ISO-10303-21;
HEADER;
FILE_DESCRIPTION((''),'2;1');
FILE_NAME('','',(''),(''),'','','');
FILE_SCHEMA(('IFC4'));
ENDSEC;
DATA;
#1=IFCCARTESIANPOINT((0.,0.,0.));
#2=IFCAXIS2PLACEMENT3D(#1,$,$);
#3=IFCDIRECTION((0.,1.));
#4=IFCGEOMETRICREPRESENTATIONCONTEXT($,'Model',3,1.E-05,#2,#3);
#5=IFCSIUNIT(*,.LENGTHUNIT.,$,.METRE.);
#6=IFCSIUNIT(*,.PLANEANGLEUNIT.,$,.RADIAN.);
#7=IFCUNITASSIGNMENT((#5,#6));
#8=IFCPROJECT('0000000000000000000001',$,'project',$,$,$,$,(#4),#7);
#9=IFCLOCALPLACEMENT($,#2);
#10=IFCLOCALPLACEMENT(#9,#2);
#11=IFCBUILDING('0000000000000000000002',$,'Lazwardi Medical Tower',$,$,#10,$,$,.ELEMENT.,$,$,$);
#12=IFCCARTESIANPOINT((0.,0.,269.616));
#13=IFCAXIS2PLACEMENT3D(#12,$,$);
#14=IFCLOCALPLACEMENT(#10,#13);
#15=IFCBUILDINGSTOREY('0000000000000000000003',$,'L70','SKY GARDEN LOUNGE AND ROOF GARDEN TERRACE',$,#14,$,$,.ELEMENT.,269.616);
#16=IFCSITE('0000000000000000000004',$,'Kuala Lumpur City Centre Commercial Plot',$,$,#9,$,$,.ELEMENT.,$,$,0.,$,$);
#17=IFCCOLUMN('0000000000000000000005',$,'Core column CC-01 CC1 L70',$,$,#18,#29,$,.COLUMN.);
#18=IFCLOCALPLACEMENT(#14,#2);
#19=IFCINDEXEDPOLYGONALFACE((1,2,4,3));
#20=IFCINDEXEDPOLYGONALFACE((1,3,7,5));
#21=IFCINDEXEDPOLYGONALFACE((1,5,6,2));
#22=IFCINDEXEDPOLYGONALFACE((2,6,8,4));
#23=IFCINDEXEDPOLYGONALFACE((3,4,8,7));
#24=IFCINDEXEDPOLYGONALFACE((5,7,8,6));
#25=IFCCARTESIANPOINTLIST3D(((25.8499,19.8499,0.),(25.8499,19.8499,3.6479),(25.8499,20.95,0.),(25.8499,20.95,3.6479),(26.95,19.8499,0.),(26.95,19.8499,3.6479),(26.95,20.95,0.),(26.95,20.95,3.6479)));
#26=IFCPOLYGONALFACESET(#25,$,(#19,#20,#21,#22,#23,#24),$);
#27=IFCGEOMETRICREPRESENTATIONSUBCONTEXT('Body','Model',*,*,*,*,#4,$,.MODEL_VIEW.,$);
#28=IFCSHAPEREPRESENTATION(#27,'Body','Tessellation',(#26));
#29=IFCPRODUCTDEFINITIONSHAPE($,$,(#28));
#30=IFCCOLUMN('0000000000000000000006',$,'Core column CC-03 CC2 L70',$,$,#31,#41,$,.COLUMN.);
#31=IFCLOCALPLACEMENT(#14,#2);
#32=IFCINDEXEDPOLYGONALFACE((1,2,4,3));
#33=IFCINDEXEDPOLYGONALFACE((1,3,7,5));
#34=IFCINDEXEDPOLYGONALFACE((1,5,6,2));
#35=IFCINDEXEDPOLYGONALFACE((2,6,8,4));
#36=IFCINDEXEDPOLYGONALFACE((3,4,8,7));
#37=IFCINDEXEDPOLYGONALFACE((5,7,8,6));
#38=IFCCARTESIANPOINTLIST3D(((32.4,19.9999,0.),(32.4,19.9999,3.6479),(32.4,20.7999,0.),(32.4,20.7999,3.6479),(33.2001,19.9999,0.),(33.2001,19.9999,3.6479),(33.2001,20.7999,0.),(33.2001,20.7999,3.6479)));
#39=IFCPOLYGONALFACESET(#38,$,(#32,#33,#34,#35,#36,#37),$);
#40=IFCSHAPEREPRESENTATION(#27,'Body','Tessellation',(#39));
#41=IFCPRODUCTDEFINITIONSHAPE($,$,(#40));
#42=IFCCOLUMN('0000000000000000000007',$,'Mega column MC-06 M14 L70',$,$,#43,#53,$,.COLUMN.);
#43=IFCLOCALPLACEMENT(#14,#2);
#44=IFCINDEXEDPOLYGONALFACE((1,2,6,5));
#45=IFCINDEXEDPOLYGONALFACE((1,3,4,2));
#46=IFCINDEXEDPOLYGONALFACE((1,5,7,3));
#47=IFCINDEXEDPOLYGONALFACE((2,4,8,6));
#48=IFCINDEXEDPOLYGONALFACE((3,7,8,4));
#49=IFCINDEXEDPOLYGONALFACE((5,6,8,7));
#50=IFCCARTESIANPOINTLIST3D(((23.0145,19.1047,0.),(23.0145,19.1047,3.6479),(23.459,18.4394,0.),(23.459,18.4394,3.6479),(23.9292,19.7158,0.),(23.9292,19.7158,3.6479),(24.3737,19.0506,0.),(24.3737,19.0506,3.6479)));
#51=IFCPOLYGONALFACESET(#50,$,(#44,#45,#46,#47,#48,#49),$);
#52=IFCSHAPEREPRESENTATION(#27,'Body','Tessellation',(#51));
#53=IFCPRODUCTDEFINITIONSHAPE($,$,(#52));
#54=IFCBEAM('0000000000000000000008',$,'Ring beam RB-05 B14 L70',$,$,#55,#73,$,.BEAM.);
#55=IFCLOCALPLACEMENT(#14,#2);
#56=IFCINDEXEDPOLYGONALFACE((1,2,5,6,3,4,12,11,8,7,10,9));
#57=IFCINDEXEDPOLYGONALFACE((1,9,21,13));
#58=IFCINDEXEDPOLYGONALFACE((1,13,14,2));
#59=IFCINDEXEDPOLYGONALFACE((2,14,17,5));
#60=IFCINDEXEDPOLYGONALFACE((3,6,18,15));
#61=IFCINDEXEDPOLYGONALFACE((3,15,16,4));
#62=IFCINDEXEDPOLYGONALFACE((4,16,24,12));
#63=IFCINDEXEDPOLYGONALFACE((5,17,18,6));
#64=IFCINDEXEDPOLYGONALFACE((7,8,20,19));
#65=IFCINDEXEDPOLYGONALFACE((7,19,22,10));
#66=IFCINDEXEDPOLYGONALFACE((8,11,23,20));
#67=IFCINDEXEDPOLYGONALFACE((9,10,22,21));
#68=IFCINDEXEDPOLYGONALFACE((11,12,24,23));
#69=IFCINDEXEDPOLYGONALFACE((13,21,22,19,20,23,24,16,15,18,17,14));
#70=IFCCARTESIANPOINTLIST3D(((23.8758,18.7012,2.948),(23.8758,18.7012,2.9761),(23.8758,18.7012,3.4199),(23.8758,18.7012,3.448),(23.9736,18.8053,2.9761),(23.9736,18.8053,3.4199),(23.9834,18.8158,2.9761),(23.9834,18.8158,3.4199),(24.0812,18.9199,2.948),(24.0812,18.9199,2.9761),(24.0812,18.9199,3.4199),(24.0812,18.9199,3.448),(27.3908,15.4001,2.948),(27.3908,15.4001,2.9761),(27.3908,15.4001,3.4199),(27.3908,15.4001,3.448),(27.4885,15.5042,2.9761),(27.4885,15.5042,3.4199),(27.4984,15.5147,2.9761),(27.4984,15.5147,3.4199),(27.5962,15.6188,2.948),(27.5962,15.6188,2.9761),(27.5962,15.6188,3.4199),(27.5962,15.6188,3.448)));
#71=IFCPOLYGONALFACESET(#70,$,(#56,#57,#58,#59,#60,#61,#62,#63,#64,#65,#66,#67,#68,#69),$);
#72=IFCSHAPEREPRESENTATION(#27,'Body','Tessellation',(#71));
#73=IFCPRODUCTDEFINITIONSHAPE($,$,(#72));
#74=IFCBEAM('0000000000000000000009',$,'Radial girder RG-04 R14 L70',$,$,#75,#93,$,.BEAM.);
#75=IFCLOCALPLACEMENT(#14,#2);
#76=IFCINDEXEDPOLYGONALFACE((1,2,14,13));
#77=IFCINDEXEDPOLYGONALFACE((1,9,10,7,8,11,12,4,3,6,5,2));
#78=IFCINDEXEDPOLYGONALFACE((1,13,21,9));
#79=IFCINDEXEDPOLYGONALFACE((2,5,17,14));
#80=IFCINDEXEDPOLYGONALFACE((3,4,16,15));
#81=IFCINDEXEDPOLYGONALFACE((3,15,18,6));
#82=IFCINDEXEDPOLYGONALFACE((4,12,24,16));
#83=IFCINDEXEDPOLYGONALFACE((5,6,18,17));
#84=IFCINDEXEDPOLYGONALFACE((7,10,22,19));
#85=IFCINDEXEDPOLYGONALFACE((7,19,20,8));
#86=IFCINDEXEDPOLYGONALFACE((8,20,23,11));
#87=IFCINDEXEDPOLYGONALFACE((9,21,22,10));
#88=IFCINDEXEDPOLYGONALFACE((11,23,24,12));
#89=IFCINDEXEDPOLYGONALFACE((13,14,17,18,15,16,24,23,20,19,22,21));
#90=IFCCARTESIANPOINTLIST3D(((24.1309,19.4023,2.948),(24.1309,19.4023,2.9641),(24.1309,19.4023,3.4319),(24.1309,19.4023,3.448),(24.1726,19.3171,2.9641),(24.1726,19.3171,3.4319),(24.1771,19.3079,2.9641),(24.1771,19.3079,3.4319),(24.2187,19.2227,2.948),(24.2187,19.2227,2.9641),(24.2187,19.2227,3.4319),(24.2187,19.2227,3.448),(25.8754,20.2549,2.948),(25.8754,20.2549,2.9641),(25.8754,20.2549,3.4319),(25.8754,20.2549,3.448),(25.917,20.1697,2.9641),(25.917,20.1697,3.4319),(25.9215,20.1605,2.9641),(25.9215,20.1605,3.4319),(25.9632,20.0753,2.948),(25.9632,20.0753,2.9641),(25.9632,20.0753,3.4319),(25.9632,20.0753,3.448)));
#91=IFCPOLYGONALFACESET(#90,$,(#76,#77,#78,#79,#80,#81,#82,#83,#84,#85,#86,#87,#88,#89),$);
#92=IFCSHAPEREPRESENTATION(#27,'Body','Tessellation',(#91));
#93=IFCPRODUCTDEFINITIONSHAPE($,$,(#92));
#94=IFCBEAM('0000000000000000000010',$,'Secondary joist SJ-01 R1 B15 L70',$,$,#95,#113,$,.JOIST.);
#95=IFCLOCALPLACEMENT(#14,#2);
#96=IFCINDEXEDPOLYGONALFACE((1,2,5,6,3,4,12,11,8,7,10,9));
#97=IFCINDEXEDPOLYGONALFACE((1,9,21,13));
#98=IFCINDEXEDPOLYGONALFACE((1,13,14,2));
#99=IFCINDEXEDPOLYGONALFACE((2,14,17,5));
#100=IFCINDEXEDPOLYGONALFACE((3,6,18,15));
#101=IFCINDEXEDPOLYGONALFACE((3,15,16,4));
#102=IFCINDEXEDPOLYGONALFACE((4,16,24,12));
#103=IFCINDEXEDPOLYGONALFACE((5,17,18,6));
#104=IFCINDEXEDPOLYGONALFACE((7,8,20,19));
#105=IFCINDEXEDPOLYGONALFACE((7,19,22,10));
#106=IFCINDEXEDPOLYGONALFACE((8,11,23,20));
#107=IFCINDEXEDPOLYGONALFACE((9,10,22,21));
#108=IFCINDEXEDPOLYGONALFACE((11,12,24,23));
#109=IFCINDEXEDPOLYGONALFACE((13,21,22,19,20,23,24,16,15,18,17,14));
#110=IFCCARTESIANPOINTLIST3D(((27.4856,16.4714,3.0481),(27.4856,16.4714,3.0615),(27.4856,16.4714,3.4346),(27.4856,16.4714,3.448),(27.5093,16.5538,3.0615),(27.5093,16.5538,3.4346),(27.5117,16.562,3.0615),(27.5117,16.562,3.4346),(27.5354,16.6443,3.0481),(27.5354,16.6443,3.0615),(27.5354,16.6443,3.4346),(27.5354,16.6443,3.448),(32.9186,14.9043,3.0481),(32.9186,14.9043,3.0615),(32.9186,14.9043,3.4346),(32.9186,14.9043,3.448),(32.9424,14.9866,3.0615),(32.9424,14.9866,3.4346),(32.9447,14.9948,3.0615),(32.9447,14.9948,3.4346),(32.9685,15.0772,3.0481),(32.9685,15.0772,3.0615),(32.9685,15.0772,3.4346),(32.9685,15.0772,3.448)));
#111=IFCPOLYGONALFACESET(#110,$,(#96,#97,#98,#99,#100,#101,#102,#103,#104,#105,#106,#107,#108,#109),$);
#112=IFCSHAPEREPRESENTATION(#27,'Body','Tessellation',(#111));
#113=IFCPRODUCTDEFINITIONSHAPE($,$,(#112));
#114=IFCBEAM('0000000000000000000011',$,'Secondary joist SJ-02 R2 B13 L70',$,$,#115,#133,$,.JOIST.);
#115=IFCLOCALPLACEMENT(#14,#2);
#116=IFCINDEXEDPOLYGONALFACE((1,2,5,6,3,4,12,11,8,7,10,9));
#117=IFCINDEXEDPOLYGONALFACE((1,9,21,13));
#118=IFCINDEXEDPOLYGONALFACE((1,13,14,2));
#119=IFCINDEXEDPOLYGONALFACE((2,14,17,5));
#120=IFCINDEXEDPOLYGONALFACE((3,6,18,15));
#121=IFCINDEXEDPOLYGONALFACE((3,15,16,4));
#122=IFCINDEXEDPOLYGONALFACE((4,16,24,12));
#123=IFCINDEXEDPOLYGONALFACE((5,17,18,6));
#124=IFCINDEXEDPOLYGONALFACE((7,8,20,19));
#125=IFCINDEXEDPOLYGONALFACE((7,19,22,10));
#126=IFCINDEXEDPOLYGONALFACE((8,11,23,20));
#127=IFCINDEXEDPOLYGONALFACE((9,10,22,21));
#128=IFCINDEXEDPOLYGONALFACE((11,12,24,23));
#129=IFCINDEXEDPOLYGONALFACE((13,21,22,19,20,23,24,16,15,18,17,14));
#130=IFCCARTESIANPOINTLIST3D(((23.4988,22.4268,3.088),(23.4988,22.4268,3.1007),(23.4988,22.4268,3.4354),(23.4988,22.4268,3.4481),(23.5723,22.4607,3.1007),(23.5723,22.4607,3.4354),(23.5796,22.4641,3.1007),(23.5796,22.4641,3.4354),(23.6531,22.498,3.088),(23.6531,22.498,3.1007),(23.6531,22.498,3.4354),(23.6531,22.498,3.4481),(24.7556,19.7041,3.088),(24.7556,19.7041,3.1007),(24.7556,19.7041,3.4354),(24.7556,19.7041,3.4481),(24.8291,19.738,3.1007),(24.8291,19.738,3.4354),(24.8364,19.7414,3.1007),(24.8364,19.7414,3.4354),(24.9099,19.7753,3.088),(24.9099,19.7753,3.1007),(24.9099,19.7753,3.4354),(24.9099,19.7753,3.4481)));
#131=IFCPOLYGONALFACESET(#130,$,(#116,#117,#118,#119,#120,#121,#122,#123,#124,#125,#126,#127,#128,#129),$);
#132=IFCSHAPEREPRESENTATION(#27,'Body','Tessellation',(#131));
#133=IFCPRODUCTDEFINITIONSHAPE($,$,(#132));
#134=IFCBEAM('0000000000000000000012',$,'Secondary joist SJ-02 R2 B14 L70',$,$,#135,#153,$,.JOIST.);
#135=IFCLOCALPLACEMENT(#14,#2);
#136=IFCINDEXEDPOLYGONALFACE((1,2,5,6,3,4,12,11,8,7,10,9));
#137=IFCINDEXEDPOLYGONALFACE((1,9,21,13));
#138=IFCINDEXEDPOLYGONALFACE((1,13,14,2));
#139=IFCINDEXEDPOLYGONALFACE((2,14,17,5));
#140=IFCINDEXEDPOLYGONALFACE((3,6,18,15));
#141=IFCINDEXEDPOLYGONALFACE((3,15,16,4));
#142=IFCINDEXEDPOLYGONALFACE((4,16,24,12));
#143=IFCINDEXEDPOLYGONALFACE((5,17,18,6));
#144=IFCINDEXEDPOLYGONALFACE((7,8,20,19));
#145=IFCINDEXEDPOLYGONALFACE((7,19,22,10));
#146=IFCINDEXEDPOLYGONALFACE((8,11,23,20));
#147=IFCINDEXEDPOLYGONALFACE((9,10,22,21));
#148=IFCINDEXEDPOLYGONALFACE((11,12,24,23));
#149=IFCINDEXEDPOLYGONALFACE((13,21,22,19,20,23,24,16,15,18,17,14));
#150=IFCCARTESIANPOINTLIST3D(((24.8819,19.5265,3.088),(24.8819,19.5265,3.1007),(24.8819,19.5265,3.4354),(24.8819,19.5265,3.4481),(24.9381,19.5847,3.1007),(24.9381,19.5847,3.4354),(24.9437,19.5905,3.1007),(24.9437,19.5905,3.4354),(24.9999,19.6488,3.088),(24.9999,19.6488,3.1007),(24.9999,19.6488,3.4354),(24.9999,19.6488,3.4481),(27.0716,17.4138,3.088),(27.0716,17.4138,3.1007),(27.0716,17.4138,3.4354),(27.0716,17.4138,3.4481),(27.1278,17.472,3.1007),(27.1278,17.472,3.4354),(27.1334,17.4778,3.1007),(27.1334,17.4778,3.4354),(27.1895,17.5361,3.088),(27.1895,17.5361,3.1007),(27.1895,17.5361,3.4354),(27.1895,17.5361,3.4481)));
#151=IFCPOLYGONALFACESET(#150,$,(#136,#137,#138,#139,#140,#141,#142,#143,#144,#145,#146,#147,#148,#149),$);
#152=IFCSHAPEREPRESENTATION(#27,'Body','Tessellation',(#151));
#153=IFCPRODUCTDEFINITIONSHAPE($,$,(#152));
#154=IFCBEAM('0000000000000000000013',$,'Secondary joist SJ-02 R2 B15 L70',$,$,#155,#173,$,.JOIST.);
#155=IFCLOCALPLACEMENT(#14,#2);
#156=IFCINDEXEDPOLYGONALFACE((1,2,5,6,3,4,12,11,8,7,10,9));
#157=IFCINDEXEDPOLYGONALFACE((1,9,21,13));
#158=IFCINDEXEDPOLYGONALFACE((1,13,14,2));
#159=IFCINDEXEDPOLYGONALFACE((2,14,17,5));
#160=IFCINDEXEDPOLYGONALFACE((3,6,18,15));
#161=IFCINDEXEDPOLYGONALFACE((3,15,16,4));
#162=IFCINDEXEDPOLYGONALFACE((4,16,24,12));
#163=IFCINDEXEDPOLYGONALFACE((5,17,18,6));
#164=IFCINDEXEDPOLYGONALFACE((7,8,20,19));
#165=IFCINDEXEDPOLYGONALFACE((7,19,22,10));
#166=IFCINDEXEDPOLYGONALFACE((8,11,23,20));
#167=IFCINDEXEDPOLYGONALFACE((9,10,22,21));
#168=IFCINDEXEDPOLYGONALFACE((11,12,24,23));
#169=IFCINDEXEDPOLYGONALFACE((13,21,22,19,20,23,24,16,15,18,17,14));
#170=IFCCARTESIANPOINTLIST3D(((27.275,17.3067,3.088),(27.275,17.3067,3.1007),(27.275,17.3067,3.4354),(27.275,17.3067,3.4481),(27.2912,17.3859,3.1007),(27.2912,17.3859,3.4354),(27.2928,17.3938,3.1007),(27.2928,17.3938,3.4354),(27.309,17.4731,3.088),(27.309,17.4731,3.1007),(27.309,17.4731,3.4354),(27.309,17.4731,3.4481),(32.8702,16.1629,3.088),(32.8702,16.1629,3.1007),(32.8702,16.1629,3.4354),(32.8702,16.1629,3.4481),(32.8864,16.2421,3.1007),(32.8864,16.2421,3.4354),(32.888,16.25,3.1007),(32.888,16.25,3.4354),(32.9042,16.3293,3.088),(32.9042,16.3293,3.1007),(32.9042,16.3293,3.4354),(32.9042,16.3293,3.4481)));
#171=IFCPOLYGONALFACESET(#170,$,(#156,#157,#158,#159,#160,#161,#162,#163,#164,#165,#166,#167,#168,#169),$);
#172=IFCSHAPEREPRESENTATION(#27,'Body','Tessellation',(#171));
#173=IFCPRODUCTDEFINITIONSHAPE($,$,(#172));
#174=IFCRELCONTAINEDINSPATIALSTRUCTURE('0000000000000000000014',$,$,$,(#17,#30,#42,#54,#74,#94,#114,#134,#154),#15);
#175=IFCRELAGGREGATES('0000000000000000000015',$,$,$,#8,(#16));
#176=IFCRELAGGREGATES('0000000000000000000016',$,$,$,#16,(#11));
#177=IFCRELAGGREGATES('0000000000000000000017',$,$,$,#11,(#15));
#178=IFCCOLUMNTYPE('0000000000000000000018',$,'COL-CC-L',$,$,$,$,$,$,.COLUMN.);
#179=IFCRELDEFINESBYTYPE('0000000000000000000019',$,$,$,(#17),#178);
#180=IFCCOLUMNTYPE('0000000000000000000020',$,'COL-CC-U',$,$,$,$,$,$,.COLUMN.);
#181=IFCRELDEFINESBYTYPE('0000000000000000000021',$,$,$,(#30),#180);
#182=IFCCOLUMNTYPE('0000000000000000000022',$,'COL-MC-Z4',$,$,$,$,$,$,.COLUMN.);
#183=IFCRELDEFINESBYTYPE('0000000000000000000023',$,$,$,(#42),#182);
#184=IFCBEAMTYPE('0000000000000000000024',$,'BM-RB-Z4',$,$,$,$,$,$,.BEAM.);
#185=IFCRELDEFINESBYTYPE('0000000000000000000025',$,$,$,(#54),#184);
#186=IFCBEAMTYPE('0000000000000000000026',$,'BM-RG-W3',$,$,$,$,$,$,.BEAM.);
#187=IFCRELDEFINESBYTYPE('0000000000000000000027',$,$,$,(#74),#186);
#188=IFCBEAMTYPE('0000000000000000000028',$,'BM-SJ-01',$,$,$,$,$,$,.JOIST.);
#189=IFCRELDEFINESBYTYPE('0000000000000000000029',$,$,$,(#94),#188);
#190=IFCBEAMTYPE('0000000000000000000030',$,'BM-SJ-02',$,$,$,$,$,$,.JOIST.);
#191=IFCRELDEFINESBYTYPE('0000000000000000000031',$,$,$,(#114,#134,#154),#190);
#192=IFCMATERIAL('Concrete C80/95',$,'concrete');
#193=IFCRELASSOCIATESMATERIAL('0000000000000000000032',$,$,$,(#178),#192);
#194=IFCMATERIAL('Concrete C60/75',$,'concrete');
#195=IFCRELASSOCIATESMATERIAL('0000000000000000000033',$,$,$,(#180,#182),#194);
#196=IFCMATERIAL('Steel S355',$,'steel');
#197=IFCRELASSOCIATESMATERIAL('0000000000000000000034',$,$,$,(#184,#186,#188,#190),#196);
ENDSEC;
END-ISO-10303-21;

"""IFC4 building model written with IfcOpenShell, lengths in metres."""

from ifc_helpers import new_model, si_unit, direction, frame, origin, origin_2d, place, context, subcontext, project, spatial, rectangle, i_section, extrude, material, material_profile, profile_set, type_object, element, save


model = new_model("IFC4")

# Units and contexts
model_context = context("Model", 3, precision=1e-05, world=origin(), true_north=direction((0.0, 1.0)))
body_context = subcontext(model_context, "Body", "Model", "MODEL_VIEW")
ifc_project = project(units=[si_unit("LENGTHUNIT", "METRE"), si_unit("PLANEANGLEUNIT", "RADIAN")], contexts=[model_context])

# Site, building, storey
site_placement = place(None, origin())
site = spatial("IfcSite", under=ifc_project, at=site_placement, Name="Kuala Lumpur City Centre Commercial Plot", CompositionType="ELEMENT", RefElevation=0.0)
building_placement = place(site_placement, origin())
building = spatial("IfcBuilding", under=site, at=building_placement, Name="Lazwardi Medical Tower", CompositionType="ELEMENT")
storey_placement = place(building_placement, frame((0.0, 0.0, 269.616)))
storey = spatial("IfcBuildingStorey", under=building, at=storey_placement, Name="L70", Description="SKY GARDEN LOUNGE AND ROOF GARDEN TERRACE", CompositionType="ELEMENT", Elevation=269.616)

# Columns
ifc_material_1 = material(Name="Concrete C80/95", Category="concrete")
ifc_material_profile_1 = material_profile(ifc_material_1, rectangle(XDim=1.1001, YDim=1.1001, at=origin_2d()), Name="RC 1100x1100")
ifc_profile_set_1 = profile_set([ifc_material_profile_1], Name="Concrete C80/95")
column_type_1 = type_object("IfcColumnType", Name="COL-CC-L", PredefinedType="COLUMN", material=ifc_profile_set_1)
column_1_placement = place(storey_placement, frame((26.3999, 20.3999, 0.0), z_axis=(0.0, 0.0, 1.0), x_axis=(1.0, 0.0, 0.0)))
element("IfcColumn", 1, at=column_1_placement, inside=storey, type_object=column_type_1, Name="Core column CC-01 CC1 L70", PredefinedType="COLUMN", context=body_context, shape_type="SweptSolid", body=[
    extrude(rectangle(XDim=1.1001, YDim=1.1001, at=origin_2d()), origin(), (0.0, 0.0, 1.0), 3.6479),
])
ifc_material_2 = material(Name="Concrete C60/75", Category="concrete")
ifc_material_profile_2 = material_profile(ifc_material_2, rectangle(XDim=0.8, YDim=0.8, at=origin_2d()), Name="RC 800x800")
ifc_profile_set_2 = profile_set([ifc_material_profile_2], Name="Concrete C60/75")
column_type_2 = type_object("IfcColumnType", Name="COL-CC-U", PredefinedType="COLUMN", material=ifc_profile_set_2)
column_2_placement = place(storey_placement, frame((32.8, 20.3999, 0.0), z_axis=(0.0, 0.0, 1.0), x_axis=(1.0, 0.0, 0.0)))
element("IfcColumn", 2, at=column_2_placement, inside=storey, type_object=column_type_2, Name="Core column CC-03 CC2 L70", PredefinedType="COLUMN", context=body_context, shape_type="SweptSolid", body=[
    extrude(rectangle(XDim=0.8, YDim=0.8, at=origin_2d()), origin(), (0.0, 0.0, 1.0), 3.6479),
])
ifc_material_profile_3 = material_profile(ifc_material_2, rectangle(XDim=1.1001, YDim=0.8, at=origin_2d()), Name="CFT-RECT 1100x800")
ifc_profile_set_3 = profile_set([ifc_material_profile_3], Name="Concrete C60/75")
column_type_3 = type_object("IfcColumnType", Name="COL-MC-Z4", PredefinedType="COLUMN", material=ifc_profile_set_3)
column_3_placement = place(storey_placement, frame((23.6941, 19.0776, 0.0), z_axis=(0.0, 0.0, 1.0), x_axis=(-0.83147, -0.55557, 0.0)))
element("IfcColumn", 3, at=column_3_placement, inside=storey, type_object=column_type_3, Name="Mega column MC-06 M14 L70", PredefinedType="COLUMN", context=body_context, shape_type="SweptSolid", body=[
    extrude(rectangle(XDim=1.1001, YDim=0.8, at=origin_2d()), origin(), (0.0, 0.0, 1.0), 3.6479),
])

# Beams
ifc_material_3 = material(Name="Steel S355", Category="steel")
ifc_material_profile_4 = material_profile(ifc_material_3, i_section(OverallWidth=0.3, OverallDepth=0.5, WebThickness=0.0144, FlangeThickness=0.0281, at=origin_2d()), Name="HEB 500")
ifc_profile_set_4 = profile_set([ifc_material_profile_4], Name="Steel S355")
beam_type_1 = type_object("IfcBeamType", Name="BM-RB-Z4", PredefinedType="BEAM", material=ifc_profile_set_4)
beam_1_placement = place(storey_placement, frame((23.9785, 18.8105, 3.198), z_axis=(0.728935, -0.684583, 0.0), x_axis=(0.684583, 0.728935, 0.0)))
element("IfcBeam", 4, at=beam_1_placement, inside=storey, type_object=beam_type_1, Name="Ring beam RB-05 B14 L70", PredefinedType="BEAM", context=body_context, shape_type="SweptSolid", body=[
    extrude(i_section(OverallWidth=0.3, OverallDepth=0.5, WebThickness=0.0144, FlangeThickness=0.0281, at=origin_2d()), origin(), (0.0, 0.0, 1.0), 4.822),
])
ifc_material_profile_5 = material_profile(ifc_material_3, i_section(OverallWidth=0.2, OverallDepth=0.5, WebThickness=0.0103, FlangeThickness=0.0161, at=origin_2d()), Name="IPE 500")
ifc_profile_set_5 = profile_set([ifc_material_profile_5], Name="Steel S355")
beam_type_2 = type_object("IfcBeamType", Name="BM-RG-W3", PredefinedType="BEAM", material=ifc_profile_set_5)
beam_2_placement = place(storey_placement, frame((24.1748, 19.3125, 3.198), z_axis=(0.898439, 0.439097, 0.0), x_axis=(-0.439097, 0.898439, 0.0)))
element("IfcBeam", 5, at=beam_2_placement, inside=storey, type_object=beam_type_2, Name="Radial girder RG-04 R14 L70", PredefinedType="BEAM", context=body_context, shape_type="SweptSolid", body=[
    extrude(i_section(OverallWidth=0.2, OverallDepth=0.5, WebThickness=0.0103, FlangeThickness=0.0161, at=origin_2d()), origin(), (0.0, 0.0, 1.0), 1.9417),
])
ifc_material_profile_6 = material_profile(ifc_material_3, i_section(OverallWidth=0.1799, OverallDepth=0.3999, WebThickness=0.0085, FlangeThickness=0.0134, at=origin_2d()), Name="IPE 400")
ifc_profile_set_6 = profile_set([ifc_material_profile_6], Name="Steel S355")
beam_type_3 = type_object("IfcBeamType", Name="BM-SJ-01", PredefinedType="JOIST", material=ifc_profile_set_6)
beam_3_placement = place(storey_placement, frame((27.5105, 16.5579, 3.248), z_axis=(0.960828, -0.277144, 0.0), x_axis=(0.277144, 0.960828, 0.0)))
element("IfcBeam", 6, at=beam_3_placement, inside=storey, type_object=beam_type_3, Name="Secondary joist SJ-01 R1 B15 L70", PredefinedType="JOIST", context=body_context, shape_type="SweptSolid", body=[
    extrude(i_section(OverallWidth=0.1799, OverallDepth=0.3999, WebThickness=0.0085, FlangeThickness=0.0134, at=origin_2d()), origin(), (0.0, 0.0, 1.0), 5.6545),
])
ifc_material_profile_7 = material_profile(ifc_material_3, i_section(OverallWidth=0.1699, OverallDepth=0.3601, WebThickness=0.0081, FlangeThickness=0.0127, at=origin_2d()), Name="IPE 360")
ifc_profile_set_7 = profile_set([ifc_material_profile_7], Name="Steel S355")
beam_type_4 = type_object("IfcBeamType", Name="BM-SJ-02", PredefinedType="JOIST", material=ifc_profile_set_7)
beam_4_placement = place(storey_placement, frame((23.5759, 22.4624, 3.2681), z_axis=(0.41912, -0.907931, 0.0), x_axis=(0.907931, 0.41912, 0.0)))
element("IfcBeam", 7, at=beam_4_placement, inside=storey, type_object=beam_type_4, Name="Secondary joist SJ-02 R2 B13 L70", PredefinedType="JOIST", context=body_context, shape_type="SweptSolid", body=[
    extrude(i_section(OverallWidth=0.1699, OverallDepth=0.3601, WebThickness=0.0081, FlangeThickness=0.0127, at=origin_2d()), origin(), (0.0, 0.0, 1.0), 2.9988),
])
beam_5_placement = place(storey_placement, frame((24.9409, 19.5876, 3.2681), z_axis=(0.719631, -0.694357, 0.0), x_axis=(0.694357, 0.719631, 0.0)))
element("IfcBeam", 8, at=beam_5_placement, inside=storey, type_object=beam_type_4, Name="Secondary joist SJ-02 R2 B14 L70", PredefinedType="JOIST", context=body_context, shape_type="SweptSolid", body=[
    extrude(i_section(OverallWidth=0.1699, OverallDepth=0.3601, WebThickness=0.0081, FlangeThickness=0.0127, at=origin_2d()), origin(), (0.0, 0.0, 1.0), 3.0427),
])
beam_6_placement = place(storey_placement, frame((27.292, 17.3899, 3.2681), z_axis=(0.979738, -0.200282, 0.0), x_axis=(0.200282, 0.979738, 0.0)))
element("IfcBeam", 9, at=beam_6_placement, inside=storey, type_object=beam_type_4, Name="Secondary joist SJ-02 R2 B15 L70", PredefinedType="JOIST", context=body_context, shape_type="SweptSolid", body=[
    extrude(i_section(OverallWidth=0.1699, OverallDepth=0.3601, WebThickness=0.0081, FlangeThickness=0.0127, at=origin_2d()), origin(), (0.0, 0.0, 1.0), 5.7109),
])

save(model, "model.ifc")
